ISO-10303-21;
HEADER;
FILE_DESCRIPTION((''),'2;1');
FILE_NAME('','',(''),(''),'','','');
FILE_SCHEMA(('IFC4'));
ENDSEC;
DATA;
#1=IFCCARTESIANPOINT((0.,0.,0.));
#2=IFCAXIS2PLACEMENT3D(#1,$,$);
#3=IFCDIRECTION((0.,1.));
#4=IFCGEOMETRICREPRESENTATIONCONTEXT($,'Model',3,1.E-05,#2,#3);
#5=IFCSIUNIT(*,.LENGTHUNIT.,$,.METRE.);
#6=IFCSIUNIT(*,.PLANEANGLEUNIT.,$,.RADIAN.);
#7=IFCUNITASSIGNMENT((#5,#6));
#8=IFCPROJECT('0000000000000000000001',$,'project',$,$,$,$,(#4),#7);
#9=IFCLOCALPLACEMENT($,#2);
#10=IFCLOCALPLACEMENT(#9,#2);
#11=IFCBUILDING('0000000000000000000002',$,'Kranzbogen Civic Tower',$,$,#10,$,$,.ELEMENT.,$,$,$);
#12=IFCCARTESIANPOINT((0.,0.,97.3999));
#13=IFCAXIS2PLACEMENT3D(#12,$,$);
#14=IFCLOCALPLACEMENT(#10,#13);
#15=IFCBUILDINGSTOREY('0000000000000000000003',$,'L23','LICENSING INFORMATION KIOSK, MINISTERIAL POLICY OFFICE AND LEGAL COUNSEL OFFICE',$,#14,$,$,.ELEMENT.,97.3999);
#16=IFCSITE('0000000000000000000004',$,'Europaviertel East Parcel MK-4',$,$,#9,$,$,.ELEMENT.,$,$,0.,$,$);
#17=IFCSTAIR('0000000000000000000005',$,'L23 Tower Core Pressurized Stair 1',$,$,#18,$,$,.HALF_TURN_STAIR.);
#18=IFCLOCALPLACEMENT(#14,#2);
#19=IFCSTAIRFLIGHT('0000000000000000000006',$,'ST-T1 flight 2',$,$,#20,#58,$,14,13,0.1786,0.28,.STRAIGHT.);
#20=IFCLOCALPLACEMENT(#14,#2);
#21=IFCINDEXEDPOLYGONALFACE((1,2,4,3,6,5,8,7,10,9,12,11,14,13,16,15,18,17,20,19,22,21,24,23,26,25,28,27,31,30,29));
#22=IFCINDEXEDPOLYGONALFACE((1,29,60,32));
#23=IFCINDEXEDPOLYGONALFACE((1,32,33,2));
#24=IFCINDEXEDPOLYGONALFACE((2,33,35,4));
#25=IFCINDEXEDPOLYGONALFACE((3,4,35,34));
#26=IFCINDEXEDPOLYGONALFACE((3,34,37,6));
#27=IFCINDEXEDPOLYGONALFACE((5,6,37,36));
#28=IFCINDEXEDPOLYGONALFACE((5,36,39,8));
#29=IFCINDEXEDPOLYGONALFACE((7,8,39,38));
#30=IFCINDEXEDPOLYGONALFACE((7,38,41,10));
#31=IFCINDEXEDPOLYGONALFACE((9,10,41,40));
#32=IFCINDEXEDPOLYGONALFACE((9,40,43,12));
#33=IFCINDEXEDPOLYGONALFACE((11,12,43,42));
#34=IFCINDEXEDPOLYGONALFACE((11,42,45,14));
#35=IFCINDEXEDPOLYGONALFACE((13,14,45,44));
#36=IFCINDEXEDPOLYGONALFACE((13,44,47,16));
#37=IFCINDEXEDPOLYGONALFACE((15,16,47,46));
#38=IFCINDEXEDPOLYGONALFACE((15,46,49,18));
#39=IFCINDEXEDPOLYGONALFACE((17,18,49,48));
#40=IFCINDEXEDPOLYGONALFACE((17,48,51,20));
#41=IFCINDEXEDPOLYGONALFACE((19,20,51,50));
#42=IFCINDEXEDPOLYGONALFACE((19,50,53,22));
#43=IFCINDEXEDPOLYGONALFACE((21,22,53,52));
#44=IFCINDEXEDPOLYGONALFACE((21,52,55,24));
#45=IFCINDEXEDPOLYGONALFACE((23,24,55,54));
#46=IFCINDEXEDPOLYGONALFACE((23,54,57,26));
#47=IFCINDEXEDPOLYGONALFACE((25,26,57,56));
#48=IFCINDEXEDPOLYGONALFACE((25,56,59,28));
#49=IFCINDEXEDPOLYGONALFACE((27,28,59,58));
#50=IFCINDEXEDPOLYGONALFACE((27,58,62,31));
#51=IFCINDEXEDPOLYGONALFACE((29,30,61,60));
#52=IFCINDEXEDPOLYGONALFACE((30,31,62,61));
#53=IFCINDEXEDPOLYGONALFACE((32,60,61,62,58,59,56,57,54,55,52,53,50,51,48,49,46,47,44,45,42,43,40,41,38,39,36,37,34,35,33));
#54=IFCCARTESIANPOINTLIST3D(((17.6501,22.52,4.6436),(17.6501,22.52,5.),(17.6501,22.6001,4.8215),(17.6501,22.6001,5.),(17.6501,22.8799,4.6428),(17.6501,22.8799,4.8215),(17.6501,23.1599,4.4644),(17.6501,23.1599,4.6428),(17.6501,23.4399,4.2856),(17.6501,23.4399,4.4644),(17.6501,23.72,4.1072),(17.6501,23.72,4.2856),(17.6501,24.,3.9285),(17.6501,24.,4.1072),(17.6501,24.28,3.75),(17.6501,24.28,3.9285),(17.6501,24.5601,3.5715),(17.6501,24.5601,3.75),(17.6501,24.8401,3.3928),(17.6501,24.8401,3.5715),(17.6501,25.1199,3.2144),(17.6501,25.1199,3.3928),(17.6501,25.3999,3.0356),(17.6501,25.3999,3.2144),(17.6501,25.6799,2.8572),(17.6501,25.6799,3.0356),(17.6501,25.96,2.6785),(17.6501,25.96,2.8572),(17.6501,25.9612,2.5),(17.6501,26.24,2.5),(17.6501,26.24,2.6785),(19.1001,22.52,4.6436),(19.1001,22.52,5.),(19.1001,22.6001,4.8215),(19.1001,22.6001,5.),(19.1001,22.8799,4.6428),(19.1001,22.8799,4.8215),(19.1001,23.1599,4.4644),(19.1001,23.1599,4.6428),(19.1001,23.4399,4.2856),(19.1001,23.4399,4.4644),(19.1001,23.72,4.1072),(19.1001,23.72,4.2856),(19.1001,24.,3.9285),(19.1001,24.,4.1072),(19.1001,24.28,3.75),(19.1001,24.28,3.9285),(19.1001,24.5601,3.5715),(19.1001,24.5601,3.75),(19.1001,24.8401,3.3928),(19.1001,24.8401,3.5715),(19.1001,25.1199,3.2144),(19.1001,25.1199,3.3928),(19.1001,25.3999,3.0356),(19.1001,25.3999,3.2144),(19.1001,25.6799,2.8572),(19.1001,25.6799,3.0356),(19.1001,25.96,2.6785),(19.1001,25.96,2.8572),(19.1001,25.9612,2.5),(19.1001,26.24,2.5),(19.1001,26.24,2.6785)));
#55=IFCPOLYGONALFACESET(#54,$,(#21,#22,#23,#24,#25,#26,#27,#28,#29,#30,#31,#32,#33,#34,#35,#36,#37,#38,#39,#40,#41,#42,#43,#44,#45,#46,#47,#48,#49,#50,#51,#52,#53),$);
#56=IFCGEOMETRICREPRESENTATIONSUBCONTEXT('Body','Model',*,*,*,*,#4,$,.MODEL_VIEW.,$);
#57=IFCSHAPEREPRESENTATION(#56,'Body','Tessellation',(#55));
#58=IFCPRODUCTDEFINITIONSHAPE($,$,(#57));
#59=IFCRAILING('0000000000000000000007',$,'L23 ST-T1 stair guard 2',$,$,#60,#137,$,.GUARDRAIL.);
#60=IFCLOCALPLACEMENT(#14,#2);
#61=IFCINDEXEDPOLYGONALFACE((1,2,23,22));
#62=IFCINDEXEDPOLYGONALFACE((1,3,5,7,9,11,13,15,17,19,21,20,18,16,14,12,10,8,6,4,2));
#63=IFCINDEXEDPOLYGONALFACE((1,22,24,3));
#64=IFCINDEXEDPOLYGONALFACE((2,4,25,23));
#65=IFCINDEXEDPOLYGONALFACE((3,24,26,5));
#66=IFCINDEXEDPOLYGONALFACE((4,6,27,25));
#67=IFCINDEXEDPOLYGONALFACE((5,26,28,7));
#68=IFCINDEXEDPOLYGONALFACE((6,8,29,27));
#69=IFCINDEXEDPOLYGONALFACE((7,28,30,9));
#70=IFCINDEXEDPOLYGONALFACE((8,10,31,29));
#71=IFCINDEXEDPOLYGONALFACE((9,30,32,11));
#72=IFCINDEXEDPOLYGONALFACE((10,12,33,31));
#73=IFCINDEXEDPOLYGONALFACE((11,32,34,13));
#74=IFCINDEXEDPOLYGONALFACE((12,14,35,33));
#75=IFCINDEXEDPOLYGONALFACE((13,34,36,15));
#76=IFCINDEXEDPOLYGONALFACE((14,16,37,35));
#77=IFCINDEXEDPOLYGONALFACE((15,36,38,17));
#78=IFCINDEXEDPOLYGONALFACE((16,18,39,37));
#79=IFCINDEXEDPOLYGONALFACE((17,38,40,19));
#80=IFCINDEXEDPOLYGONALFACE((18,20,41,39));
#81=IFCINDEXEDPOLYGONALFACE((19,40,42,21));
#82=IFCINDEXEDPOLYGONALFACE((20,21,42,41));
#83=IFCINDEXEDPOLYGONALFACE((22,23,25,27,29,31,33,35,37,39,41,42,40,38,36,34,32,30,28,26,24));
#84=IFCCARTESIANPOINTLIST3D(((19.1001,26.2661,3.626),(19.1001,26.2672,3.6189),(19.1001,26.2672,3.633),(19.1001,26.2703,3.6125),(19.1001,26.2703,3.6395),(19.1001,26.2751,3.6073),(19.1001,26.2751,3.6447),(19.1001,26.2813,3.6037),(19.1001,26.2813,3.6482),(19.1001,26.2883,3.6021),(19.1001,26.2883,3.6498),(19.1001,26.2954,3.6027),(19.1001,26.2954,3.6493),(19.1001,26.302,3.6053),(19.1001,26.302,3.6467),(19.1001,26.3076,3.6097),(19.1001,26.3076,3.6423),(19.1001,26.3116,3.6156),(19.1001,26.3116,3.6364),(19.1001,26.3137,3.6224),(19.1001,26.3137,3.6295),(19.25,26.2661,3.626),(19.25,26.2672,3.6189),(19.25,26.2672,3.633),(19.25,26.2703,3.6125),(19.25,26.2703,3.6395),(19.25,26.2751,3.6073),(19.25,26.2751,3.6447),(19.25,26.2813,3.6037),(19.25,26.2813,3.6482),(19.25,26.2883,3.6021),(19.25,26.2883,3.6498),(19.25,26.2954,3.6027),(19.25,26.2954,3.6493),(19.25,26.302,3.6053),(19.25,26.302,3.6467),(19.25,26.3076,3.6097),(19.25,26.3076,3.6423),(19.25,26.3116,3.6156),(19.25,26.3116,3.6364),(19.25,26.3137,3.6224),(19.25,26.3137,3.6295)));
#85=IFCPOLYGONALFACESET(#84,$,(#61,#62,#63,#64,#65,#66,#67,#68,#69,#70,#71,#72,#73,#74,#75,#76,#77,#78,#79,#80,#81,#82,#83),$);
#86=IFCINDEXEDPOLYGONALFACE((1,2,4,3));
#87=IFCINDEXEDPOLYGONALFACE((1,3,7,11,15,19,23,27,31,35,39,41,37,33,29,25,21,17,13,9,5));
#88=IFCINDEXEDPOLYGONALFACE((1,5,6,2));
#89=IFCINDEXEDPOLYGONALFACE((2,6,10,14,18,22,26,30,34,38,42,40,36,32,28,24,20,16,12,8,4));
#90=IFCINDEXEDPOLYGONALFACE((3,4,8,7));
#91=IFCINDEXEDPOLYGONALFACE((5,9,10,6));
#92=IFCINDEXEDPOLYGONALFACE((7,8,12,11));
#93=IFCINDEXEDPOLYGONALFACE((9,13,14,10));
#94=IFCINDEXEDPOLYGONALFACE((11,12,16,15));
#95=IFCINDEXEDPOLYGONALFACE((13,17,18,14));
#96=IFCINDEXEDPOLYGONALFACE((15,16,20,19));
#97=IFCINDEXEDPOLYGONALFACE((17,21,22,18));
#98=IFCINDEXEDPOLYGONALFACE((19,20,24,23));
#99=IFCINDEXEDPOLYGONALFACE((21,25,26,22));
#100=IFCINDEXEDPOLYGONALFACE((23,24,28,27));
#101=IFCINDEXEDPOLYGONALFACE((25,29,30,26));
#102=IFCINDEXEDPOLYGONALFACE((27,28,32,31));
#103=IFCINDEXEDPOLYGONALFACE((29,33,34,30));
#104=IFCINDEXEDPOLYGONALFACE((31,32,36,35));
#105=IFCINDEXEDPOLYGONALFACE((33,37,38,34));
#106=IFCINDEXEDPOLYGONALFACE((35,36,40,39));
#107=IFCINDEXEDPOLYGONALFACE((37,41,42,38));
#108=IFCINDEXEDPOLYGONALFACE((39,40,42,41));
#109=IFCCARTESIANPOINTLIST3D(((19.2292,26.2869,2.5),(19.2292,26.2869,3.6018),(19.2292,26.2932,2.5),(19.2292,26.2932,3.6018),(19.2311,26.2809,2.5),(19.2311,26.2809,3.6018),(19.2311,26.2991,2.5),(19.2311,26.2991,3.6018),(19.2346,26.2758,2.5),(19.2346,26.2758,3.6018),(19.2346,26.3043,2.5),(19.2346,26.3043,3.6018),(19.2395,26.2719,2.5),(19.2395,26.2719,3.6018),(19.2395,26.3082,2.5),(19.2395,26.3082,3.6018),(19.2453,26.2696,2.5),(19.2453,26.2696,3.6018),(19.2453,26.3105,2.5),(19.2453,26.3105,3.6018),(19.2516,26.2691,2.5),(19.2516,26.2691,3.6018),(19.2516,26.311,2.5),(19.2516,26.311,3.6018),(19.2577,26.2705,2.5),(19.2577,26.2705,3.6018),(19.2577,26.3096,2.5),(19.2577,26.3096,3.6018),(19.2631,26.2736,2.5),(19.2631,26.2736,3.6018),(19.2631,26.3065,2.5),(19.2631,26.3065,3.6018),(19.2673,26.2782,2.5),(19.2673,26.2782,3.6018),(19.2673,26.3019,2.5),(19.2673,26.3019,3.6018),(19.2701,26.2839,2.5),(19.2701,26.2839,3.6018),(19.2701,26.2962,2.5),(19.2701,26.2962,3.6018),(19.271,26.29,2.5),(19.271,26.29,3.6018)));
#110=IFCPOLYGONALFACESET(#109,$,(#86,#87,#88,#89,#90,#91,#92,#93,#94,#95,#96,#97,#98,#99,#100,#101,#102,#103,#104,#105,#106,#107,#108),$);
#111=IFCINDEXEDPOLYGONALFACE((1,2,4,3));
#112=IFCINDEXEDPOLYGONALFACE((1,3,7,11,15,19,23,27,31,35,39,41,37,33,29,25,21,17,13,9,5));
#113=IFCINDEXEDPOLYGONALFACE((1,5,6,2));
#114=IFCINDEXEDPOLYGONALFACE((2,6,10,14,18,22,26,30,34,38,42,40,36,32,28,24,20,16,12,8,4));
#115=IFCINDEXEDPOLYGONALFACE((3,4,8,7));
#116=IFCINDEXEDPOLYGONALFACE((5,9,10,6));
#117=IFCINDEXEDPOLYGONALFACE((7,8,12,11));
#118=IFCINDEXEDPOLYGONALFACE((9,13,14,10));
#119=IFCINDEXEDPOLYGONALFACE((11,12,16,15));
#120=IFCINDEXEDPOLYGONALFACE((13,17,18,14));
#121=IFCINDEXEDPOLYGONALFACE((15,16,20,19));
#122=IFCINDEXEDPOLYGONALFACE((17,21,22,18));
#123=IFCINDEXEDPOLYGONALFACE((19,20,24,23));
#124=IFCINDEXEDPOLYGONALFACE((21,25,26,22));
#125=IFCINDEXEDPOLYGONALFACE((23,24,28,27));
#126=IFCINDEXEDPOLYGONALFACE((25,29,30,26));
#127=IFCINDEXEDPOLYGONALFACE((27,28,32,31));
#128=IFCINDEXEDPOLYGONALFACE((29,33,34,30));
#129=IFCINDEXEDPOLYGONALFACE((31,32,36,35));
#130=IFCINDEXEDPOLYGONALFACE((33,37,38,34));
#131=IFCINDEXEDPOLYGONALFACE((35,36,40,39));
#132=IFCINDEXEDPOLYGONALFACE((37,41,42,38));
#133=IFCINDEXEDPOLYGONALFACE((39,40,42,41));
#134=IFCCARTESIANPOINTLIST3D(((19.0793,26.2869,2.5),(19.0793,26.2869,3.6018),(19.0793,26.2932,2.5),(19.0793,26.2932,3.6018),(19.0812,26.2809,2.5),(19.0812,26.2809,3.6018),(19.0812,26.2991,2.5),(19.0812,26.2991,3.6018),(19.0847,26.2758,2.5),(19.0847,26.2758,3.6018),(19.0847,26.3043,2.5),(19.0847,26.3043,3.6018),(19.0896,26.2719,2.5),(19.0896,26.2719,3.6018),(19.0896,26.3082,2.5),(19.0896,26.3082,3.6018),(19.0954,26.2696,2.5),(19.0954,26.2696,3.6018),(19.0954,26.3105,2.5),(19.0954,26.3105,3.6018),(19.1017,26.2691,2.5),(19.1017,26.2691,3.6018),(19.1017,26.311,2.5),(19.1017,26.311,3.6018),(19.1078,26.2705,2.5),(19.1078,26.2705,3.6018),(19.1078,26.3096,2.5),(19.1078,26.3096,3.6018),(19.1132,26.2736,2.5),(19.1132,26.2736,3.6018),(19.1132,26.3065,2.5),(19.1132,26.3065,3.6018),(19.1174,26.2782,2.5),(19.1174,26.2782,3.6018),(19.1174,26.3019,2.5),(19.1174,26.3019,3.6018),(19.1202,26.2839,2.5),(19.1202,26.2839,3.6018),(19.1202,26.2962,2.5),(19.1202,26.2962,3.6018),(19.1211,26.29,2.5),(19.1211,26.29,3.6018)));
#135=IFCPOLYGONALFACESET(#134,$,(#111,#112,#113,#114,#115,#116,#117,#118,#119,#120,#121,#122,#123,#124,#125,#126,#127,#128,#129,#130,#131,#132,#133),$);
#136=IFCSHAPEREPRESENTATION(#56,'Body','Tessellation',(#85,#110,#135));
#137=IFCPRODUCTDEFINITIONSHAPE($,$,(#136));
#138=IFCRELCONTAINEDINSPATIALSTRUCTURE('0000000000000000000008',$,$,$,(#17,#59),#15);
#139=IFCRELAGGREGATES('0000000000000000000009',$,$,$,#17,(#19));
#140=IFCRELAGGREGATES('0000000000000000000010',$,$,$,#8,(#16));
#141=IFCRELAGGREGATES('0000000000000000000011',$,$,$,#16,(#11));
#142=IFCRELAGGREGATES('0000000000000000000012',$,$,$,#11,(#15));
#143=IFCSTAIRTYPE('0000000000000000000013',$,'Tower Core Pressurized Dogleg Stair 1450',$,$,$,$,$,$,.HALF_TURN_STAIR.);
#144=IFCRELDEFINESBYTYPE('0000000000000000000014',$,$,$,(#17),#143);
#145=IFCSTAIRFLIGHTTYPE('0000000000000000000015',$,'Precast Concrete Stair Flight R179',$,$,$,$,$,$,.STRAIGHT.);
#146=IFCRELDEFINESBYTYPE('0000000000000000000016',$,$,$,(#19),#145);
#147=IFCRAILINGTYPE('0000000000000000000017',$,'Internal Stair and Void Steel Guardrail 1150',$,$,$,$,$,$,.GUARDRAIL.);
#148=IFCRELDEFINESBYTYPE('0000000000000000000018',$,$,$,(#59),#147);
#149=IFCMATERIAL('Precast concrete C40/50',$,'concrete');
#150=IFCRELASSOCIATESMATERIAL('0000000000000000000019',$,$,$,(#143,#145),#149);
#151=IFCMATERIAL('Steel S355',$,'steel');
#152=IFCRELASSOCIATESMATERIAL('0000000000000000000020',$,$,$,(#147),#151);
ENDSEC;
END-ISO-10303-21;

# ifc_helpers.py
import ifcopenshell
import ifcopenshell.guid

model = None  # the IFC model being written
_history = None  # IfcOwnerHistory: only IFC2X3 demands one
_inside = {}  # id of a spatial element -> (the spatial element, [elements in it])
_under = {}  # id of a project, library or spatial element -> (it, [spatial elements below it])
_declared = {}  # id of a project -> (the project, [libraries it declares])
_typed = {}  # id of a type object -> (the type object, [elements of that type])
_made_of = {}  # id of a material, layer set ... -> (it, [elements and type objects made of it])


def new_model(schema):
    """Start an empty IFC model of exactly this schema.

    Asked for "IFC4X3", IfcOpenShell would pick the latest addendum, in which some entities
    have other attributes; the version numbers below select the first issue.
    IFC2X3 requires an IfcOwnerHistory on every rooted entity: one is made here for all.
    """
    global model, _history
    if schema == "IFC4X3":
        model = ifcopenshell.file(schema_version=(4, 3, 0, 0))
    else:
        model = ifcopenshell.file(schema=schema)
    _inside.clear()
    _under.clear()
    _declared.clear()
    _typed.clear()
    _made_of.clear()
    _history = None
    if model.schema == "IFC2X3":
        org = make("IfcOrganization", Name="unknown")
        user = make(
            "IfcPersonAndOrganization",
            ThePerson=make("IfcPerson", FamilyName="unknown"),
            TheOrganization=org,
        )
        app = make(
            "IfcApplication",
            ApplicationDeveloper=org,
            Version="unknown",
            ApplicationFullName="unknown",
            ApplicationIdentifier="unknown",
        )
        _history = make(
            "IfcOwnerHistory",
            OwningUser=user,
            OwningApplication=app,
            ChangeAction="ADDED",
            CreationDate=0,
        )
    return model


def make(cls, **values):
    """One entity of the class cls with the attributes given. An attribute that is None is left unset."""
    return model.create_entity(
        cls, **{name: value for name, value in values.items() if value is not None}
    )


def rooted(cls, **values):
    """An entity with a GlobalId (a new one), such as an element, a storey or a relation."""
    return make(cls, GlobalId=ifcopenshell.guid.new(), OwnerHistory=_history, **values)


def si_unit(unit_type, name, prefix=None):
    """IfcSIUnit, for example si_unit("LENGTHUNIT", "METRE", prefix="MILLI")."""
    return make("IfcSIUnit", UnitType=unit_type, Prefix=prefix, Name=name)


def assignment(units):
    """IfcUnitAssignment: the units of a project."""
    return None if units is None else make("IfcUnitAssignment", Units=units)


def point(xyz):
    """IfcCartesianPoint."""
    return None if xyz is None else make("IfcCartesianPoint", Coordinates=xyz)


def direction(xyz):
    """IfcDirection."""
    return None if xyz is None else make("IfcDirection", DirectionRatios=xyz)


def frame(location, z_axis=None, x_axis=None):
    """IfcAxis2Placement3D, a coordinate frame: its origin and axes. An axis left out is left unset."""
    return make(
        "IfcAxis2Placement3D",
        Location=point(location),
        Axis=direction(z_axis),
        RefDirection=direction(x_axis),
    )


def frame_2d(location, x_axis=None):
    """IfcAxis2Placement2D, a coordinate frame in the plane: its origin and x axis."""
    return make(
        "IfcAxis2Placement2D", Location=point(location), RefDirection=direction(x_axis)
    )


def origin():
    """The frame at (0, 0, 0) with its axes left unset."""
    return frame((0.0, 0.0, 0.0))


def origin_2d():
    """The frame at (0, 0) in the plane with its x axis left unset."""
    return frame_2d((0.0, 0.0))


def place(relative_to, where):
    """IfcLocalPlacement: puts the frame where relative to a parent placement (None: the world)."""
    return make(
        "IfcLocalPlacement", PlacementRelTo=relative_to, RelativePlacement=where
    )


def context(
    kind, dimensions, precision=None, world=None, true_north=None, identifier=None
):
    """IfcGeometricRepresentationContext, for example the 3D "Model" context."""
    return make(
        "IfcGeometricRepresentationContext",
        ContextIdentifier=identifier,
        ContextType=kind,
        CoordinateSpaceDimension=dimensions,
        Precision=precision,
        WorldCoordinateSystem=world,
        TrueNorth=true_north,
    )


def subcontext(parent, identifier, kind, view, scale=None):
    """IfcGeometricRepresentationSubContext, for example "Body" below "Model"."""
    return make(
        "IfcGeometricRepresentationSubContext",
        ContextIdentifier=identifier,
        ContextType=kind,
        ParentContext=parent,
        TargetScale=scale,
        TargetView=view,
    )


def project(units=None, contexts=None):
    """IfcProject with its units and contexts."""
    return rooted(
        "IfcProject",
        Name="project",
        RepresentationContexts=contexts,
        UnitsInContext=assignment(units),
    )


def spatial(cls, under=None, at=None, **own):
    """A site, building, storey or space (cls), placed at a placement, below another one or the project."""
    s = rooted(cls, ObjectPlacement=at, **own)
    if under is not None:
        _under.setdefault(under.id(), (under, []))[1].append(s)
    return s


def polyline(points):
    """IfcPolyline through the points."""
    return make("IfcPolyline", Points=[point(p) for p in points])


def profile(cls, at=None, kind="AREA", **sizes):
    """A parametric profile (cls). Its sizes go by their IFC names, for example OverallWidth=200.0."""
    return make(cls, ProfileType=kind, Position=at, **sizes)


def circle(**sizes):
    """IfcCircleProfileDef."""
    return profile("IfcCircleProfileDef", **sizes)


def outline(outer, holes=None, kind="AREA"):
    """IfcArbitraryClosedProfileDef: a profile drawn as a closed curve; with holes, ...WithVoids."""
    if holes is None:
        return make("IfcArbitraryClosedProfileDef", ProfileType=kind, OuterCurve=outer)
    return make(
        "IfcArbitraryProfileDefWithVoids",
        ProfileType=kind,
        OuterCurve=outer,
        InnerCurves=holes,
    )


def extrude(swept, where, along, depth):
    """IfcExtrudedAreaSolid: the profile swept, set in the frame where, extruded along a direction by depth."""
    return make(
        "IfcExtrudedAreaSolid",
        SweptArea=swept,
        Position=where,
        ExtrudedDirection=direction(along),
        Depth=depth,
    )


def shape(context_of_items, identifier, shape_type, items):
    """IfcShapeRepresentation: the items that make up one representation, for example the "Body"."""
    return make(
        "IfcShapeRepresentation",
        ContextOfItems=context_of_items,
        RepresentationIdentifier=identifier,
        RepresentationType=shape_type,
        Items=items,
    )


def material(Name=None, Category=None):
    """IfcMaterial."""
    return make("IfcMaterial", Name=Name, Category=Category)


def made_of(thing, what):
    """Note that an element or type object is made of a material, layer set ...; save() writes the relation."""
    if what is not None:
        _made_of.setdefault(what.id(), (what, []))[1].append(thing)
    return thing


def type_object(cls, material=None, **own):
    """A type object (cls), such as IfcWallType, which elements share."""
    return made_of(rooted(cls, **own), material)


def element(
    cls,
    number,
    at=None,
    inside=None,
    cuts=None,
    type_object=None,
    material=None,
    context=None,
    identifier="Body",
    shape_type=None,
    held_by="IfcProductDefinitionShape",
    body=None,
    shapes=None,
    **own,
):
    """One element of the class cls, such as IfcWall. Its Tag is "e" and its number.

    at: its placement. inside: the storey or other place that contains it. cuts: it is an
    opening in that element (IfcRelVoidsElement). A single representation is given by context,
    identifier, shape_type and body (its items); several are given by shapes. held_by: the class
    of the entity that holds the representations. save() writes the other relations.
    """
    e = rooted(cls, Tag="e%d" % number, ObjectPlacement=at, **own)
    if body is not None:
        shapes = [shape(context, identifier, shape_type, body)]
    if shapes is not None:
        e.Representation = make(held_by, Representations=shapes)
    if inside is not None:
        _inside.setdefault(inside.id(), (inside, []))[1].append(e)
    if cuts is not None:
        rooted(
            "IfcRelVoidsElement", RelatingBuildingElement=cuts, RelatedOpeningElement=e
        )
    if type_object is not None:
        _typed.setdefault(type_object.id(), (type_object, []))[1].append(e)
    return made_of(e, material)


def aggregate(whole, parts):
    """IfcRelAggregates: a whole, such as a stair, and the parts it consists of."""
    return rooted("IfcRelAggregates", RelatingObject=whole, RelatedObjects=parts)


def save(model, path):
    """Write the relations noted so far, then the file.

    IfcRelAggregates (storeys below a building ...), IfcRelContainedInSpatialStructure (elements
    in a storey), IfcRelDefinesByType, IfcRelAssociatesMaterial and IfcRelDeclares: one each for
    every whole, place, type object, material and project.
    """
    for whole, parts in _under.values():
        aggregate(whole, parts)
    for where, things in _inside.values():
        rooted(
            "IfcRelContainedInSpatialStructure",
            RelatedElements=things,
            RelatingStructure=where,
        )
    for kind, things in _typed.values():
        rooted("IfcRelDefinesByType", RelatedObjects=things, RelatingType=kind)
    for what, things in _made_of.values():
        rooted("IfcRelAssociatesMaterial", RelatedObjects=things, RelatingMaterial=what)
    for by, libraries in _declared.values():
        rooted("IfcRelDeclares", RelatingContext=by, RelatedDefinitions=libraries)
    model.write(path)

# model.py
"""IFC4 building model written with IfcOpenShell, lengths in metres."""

from ifc_helpers import new_model, si_unit, direction, frame, origin, origin_2d, place, context, subcontext, project, spatial, polyline, circle, outline, extrude, material, type_object, element, aggregate, save


model = new_model("IFC4")

# Units and contexts
model_context = context("Model", 3, precision=1e-05, world=origin(), true_north=direction((0.0, 1.0)))
body_context = subcontext(model_context, "Body", "Model", "MODEL_VIEW")
ifc_project = project(units=[si_unit("LENGTHUNIT", "METRE"), si_unit("PLANEANGLEUNIT", "RADIAN")], contexts=[model_context])

# Site, building, storey
site_placement = place(None, origin())
site = spatial("IfcSite", under=ifc_project, at=site_placement, Name="Europaviertel East Parcel MK-4", CompositionType="ELEMENT", RefElevation=0.0)
building_placement = place(site_placement, origin())
building = spatial("IfcBuilding", under=site, at=building_placement, Name="Kranzbogen Civic Tower", CompositionType="ELEMENT")
storey_placement = place(building_placement, frame((0.0, 0.0, 97.3999)))
storey = spatial("IfcBuildingStorey", under=building, at=storey_placement, Name="L23", Description="LICENSING INFORMATION KIOSK, MINISTERIAL POLICY OFFICE AND LEGAL COUNSEL OFFICE", CompositionType="ELEMENT", Elevation=97.3999)

# Shared definitions
ifc_material_1 = material(Name="Steel S355", Category="steel")

# Stair, stair flight
ifc_material_2 = material(Name="Precast concrete C40/50", Category="concrete")
stair_type = type_object("IfcStairType", Name="Tower Core Pressurized Dogleg Stair 1450", PredefinedType="HALF_TURN_STAIR", material=ifc_material_2)
stair_placement = place(storey_placement, origin())
stair = element("IfcStair", 1, at=stair_placement, inside=storey, type_object=stair_type, Name="L23 Tower Core Pressurized Stair 1", PredefinedType="HALF_TURN_STAIR")
stair_flight_type = type_object("IfcStairFlightType", Name="Precast Concrete Stair Flight R179", PredefinedType="STRAIGHT", material=ifc_material_2)
stair_flight_placement = place(storey_placement, frame((18.375, 26.24, 2.5), z_axis=(0.0, 0.0, 1.0), x_axis=(0.0, -1.0, 0.0)))
stair_flight = element("IfcStairFlight", 2, at=stair_flight_placement, type_object=stair_flight_type, Name="ST-T1 flight 2", NumberOfRisers=14, NumberOfTreads=13, PredefinedType="STRAIGHT", RiserHeight=0.1786, TreadLength=0.28, context=body_context, shape_type="SweptSolid", body=[
    extrude(outline(polyline([(0.0, 0.0), (0.0, 0.1785), (0.28, 0.1785), (0.28, 0.3572), (0.5601, 0.3572), (0.5601, 0.5356), (0.8401, 0.5356), (0.8401, 0.7144), (1.1201, 0.7144), (1.1201, 0.8928), (1.3999, 0.8928), (1.3999, 1.0715), (1.6799, 1.0715), (1.6799, 1.25), (1.96, 1.25), (1.96, 1.4285), (2.24, 1.4285), (2.24, 1.6072), (2.52, 1.6072), (2.52, 1.7856), (2.8, 1.7856), (2.8, 1.9644), (3.0801, 1.9644), (3.0801, 2.1428), (3.3601, 2.1428), (3.3601, 2.3215), (3.6399, 2.3215), (3.6399, 2.5), (3.72, 2.5), (3.72, 2.1436), (0.2788, 0.0), (0.0, 0.0)])), frame((0.0, 0.7251, 0.0), z_axis=(0.0, -1.0, 0.0), x_axis=(1.0, 0.0, 0.0)), (0.0, 0.0, 1.0), 1.45),
])
aggregate(stair, [stair_flight])

# Railing
railing_type = type_object("IfcRailingType", Name="Internal Stair and Void Steel Guardrail 1150", PredefinedType="GUARDRAIL", material=ifc_material_1)
railing_1_placement = place(storey_placement, frame((19.25, 26.29, 2.5)))
element("IfcRailing", 3, at=railing_1_placement, inside=storey, type_object=railing_type, Name="L23 ST-T1 stair guard 2", PredefinedType="GUARDRAIL", context=body_context, shape_type="SweptSolid", body=[
    extrude(circle(Radius=0.0239, at=origin_2d()), frame((0.0, 0.0, 1.126), z_axis=(-1.0, 0.0, 0.0), x_axis=(0.0, -1.0, 0.0)), (0.0, 0.0, 1.0), 0.1499),
    extrude(circle(Radius=0.021, at=origin_2d()), origin(), (0.0, 0.0, 1.0), 1.1018),
    extrude(circle(Radius=0.021, at=origin_2d()), frame((-0.1499, 0.0, 0.0)), (0.0, 0.0, 1.0), 1.1018),
])

save(model, "model.ifc")
